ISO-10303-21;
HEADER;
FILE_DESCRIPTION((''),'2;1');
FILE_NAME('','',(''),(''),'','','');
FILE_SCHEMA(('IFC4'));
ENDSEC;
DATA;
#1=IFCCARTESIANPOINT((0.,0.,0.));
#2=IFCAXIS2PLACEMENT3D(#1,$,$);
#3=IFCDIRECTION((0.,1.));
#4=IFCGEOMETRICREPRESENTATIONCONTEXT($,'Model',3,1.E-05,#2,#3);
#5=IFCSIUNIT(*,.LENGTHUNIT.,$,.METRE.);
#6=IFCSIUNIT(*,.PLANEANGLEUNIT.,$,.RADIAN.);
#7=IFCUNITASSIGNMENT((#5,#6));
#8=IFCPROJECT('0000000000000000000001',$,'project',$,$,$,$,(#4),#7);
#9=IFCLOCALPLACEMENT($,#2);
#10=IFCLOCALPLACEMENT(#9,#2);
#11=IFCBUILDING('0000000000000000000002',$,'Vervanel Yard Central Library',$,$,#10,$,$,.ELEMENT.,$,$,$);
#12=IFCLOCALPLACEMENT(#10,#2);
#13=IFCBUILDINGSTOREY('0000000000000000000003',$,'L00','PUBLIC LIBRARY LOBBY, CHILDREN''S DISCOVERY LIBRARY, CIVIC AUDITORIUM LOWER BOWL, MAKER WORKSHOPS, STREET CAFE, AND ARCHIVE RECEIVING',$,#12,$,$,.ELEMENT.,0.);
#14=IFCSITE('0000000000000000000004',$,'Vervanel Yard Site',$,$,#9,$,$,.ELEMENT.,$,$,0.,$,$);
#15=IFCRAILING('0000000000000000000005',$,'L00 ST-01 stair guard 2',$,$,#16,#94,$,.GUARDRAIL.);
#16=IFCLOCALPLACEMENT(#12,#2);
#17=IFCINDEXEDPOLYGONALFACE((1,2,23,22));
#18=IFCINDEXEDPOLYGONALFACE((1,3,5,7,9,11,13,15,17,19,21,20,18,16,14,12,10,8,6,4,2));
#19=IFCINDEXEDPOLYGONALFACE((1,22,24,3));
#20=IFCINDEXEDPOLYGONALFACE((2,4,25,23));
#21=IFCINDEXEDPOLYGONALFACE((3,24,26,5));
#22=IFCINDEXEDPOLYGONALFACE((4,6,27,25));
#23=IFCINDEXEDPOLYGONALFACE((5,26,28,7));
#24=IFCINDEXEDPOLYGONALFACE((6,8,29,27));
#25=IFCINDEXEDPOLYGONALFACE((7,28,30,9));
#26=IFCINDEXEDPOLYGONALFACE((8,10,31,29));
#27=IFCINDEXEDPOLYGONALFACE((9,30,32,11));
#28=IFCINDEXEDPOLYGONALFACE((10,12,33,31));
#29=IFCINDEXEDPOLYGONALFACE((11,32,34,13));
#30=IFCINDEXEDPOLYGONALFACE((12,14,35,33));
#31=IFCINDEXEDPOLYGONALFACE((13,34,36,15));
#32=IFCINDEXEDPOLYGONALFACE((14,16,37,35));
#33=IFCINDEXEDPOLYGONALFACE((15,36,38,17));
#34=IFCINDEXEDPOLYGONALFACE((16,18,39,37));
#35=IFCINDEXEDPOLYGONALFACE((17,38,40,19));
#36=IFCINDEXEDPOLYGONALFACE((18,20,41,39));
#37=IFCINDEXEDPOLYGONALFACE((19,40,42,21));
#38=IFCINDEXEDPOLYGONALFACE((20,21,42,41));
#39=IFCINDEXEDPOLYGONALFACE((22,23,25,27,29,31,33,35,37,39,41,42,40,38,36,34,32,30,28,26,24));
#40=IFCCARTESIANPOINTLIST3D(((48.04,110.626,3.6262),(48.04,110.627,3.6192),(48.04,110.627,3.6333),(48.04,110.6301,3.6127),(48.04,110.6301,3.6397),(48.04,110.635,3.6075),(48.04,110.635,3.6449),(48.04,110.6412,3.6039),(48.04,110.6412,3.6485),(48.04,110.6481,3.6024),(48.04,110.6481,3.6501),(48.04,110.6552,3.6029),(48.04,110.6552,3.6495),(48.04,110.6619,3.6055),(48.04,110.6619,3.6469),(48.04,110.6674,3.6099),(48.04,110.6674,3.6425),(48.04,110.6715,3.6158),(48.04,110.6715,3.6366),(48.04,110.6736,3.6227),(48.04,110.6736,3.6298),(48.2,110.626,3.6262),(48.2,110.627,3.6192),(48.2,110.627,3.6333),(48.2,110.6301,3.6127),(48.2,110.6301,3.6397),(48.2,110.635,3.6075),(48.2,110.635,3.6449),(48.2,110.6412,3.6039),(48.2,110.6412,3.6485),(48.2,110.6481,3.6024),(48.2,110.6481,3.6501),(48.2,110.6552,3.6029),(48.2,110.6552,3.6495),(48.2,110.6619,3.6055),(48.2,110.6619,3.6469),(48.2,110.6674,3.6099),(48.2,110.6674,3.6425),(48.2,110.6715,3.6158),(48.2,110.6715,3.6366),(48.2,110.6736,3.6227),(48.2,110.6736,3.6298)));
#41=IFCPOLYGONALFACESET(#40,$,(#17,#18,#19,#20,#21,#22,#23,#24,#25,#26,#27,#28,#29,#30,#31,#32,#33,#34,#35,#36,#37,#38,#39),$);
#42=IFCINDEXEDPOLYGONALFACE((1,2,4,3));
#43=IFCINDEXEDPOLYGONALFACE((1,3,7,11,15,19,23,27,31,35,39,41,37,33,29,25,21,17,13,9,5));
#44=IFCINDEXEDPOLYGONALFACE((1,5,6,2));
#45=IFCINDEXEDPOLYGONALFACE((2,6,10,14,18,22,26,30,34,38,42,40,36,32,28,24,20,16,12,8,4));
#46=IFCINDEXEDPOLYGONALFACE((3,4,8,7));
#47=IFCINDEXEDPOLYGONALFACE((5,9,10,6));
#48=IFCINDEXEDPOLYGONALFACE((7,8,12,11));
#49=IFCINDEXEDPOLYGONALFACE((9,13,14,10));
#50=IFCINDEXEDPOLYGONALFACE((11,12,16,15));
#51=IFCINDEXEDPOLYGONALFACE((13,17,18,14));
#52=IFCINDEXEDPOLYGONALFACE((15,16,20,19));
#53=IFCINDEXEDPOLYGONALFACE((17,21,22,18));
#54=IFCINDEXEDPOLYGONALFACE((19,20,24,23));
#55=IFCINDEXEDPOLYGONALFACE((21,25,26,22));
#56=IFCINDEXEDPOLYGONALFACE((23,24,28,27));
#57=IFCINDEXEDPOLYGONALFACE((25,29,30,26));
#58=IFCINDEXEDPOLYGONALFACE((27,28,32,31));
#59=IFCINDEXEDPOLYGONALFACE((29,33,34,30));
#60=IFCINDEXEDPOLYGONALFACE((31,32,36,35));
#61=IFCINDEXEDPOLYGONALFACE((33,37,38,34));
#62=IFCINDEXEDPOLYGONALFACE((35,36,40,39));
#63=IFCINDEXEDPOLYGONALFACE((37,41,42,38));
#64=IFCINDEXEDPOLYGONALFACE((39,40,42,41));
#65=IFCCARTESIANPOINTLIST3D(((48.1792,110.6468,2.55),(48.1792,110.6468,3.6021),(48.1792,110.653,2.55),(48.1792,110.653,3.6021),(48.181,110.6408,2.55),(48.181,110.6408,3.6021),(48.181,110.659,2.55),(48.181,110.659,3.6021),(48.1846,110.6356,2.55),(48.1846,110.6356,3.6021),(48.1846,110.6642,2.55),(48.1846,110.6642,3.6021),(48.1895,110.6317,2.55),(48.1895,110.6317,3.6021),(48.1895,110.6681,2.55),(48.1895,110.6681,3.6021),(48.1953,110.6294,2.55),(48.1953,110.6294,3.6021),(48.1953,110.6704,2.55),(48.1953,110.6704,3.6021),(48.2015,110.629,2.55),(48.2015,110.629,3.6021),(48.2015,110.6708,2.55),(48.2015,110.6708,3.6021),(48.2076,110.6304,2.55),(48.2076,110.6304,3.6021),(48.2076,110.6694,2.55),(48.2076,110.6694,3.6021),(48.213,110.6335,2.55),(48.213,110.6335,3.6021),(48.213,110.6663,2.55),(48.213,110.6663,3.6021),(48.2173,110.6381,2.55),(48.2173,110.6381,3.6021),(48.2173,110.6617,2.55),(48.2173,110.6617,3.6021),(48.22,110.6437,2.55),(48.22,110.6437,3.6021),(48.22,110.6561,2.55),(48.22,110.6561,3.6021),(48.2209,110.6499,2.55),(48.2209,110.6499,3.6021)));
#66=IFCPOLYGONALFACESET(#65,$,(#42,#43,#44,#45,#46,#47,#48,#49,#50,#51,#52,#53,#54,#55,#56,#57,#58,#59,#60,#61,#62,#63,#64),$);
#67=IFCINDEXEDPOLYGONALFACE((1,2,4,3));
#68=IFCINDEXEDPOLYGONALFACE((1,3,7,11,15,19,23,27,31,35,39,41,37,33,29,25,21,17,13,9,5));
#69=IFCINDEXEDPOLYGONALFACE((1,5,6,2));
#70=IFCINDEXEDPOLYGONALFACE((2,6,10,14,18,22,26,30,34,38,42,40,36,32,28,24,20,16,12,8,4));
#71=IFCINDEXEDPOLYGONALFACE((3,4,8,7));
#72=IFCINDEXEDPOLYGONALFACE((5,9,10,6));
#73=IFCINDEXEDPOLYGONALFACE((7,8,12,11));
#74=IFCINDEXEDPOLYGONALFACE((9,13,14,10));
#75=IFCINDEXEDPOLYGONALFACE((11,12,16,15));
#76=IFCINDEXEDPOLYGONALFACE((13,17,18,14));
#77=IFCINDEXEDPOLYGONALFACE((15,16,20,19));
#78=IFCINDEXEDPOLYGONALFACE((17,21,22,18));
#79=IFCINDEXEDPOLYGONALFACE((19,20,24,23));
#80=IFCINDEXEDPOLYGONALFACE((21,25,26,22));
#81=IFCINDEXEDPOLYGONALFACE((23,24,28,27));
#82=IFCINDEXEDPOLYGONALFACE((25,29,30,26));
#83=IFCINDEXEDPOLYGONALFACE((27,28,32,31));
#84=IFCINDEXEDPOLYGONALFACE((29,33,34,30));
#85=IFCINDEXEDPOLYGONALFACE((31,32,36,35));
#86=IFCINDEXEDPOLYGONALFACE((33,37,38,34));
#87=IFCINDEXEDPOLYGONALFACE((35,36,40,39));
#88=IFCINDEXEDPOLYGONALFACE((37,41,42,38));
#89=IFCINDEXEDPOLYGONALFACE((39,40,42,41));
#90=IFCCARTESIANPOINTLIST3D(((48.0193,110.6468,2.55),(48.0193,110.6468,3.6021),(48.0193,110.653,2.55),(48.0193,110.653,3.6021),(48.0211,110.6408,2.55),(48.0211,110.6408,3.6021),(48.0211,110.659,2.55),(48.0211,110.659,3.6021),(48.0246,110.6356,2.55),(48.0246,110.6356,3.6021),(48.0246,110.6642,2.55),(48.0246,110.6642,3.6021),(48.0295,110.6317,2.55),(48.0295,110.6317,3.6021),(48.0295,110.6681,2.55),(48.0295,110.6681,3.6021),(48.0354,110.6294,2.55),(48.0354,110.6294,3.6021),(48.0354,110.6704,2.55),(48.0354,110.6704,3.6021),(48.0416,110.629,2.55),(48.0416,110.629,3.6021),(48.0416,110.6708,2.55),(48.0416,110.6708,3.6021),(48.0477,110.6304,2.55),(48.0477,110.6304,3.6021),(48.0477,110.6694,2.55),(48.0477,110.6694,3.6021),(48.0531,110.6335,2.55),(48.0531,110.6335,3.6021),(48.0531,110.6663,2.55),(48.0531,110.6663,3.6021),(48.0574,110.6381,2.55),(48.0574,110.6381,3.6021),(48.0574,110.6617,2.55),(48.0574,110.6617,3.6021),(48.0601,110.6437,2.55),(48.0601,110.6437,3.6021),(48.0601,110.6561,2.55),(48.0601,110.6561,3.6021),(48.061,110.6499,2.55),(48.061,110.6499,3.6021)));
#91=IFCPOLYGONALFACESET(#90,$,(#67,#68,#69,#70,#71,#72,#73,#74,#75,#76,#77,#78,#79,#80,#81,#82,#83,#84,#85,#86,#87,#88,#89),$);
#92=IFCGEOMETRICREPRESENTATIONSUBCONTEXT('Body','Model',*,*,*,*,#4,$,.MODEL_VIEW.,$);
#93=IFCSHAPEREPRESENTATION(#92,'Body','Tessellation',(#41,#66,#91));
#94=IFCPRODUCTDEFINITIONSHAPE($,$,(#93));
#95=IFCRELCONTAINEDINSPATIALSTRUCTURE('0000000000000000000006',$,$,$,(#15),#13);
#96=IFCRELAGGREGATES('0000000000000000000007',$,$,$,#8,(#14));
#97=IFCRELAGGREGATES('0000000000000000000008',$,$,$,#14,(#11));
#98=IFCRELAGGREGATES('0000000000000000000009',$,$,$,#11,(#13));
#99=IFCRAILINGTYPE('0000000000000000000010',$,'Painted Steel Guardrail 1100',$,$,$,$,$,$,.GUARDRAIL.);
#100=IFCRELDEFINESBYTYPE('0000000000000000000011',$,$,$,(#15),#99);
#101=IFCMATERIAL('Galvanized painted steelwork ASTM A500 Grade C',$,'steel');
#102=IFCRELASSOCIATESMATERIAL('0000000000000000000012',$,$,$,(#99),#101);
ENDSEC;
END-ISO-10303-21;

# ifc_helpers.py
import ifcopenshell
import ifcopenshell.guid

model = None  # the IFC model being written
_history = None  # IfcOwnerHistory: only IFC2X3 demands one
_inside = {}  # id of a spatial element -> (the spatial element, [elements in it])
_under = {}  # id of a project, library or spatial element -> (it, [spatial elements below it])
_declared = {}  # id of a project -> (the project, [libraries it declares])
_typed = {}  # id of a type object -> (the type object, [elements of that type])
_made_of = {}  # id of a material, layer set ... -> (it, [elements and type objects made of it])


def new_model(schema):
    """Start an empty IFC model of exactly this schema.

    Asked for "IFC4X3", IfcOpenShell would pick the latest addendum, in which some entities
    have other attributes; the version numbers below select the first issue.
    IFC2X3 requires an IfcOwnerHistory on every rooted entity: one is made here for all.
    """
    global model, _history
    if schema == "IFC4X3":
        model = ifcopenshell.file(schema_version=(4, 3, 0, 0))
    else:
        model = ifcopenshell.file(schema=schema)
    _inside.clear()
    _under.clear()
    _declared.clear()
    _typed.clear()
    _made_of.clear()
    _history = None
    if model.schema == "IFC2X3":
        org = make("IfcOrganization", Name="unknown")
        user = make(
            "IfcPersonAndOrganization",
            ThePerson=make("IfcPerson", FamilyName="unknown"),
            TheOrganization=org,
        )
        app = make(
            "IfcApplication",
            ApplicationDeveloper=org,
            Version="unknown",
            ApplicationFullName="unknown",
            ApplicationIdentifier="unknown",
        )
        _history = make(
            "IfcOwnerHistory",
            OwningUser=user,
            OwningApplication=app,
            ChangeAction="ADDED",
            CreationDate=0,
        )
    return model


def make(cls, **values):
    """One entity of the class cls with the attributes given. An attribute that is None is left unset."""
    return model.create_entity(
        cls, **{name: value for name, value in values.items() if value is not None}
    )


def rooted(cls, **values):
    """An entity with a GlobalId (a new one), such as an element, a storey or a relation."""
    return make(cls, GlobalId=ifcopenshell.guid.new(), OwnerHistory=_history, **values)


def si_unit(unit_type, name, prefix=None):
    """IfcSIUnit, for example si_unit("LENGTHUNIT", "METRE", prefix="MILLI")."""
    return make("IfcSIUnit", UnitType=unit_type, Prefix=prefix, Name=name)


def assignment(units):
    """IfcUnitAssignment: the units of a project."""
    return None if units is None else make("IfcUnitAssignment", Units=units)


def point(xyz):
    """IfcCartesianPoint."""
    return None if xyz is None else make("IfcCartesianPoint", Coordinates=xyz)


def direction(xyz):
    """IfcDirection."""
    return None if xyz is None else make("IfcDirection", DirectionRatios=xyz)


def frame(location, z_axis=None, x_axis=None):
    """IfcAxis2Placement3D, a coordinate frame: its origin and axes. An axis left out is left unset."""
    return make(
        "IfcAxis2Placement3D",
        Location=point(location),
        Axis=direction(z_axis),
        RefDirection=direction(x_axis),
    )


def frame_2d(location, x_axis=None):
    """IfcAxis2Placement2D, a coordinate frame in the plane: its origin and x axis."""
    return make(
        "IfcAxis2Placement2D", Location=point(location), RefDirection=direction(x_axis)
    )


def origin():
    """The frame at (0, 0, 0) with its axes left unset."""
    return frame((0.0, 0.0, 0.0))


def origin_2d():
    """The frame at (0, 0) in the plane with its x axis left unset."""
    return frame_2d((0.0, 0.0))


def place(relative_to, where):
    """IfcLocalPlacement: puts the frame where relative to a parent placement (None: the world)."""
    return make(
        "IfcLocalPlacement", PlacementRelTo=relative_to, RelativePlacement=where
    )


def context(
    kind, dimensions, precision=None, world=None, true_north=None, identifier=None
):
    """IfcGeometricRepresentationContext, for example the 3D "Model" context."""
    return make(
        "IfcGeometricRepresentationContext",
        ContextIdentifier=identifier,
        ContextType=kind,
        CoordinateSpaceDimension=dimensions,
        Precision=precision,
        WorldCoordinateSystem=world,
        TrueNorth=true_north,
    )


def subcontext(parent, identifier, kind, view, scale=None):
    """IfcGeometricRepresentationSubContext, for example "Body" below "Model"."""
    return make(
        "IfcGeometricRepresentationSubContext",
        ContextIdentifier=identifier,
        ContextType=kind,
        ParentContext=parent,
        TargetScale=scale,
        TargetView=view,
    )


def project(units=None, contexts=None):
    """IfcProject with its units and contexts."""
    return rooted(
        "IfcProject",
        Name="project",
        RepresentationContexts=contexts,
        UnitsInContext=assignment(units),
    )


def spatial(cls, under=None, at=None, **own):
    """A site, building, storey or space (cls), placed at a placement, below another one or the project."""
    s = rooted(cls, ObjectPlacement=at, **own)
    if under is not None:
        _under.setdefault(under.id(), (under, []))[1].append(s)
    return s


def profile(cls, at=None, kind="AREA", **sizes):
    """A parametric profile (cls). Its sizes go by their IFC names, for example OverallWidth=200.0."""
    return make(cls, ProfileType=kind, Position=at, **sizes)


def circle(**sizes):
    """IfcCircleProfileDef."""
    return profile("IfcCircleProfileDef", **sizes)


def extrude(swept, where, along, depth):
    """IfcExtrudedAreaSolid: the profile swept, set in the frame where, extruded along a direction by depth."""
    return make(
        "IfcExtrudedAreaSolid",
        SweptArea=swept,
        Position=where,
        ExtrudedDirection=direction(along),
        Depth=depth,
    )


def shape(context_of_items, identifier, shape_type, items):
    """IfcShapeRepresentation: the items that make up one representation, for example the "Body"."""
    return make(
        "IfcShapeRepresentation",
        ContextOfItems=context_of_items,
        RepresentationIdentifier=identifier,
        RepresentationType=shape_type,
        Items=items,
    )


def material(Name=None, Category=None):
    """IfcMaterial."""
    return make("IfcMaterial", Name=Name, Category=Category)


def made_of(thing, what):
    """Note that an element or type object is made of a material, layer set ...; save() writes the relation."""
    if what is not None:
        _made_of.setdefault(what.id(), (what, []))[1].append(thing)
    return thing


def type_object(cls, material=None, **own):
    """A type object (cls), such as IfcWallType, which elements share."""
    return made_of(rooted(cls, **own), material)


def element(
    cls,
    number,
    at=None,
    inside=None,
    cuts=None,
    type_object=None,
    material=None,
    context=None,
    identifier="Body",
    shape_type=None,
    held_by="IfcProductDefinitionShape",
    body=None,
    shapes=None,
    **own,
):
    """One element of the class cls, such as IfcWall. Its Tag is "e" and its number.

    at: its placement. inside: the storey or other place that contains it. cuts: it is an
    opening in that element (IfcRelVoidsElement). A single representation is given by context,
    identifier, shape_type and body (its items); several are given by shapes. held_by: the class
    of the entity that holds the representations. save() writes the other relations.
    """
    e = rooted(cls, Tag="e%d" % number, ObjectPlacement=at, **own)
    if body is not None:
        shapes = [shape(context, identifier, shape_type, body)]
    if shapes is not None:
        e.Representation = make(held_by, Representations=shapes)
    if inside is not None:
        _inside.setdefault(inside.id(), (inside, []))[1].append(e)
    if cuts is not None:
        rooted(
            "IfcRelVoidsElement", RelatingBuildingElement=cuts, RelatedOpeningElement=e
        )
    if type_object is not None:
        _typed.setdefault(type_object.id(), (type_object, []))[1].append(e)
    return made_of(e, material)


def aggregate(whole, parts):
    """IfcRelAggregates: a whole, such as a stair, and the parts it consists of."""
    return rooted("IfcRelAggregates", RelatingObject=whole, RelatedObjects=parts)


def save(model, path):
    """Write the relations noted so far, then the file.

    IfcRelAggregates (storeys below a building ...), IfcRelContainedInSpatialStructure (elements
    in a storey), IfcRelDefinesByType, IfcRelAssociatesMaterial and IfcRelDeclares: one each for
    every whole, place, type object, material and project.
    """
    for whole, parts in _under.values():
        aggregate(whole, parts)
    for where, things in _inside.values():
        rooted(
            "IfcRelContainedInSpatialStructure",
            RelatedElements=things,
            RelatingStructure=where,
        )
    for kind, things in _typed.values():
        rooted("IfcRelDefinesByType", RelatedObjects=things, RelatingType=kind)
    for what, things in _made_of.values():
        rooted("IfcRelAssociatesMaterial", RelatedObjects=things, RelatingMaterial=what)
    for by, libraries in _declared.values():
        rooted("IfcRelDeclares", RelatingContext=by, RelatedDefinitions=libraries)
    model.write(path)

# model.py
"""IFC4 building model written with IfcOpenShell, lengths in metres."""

from ifc_helpers import new_model, si_unit, direction, frame, origin, origin_2d, place, context, subcontext, project, spatial, circle, extrude, material, type_object, element, save


model = new_model("IFC4")

# Units and contexts
model_context = context("Model", 3, precision=1e-05, world=origin(), true_north=direction((0.0, 1.0)))
body_context = subcontext(model_context, "Body", "Model", "MODEL_VIEW")
ifc_project = project(units=[si_unit("LENGTHUNIT", "METRE"), si_unit("PLANEANGLEUNIT", "RADIAN")], contexts=[model_context])

# Site, building, storey
site_placement = place(None, origin())
site = spatial("IfcSite", under=ifc_project, at=site_placement, Name="Vervanel Yard Site", CompositionType="ELEMENT", RefElevation=0.0)
building_placement = place(site_placement, origin())
building = spatial("IfcBuilding", under=site, at=building_placement, Name="Vervanel Yard Central Library", CompositionType="ELEMENT")
storey_placement = place(building_placement, origin())
storey = spatial("IfcBuildingStorey", under=building, at=storey_placement, Name="L00", Description="PUBLIC LIBRARY LOBBY, CHILDREN'S DISCOVERY LIBRARY, CIVIC AUDITORIUM LOWER BOWL, MAKER WORKSHOPS, STREET CAFE, AND ARCHIVE RECEIVING", CompositionType="ELEMENT", Elevation=0.0)

# Railing
ifc_material_1 = material(Name="Galvanized painted steelwork ASTM A500 Grade C", Category="steel")
railing_type_1 = type_object("IfcRailingType", Name="Painted Steel Guardrail 1100", PredefinedType="GUARDRAIL", material=ifc_material_1)
railing_1_placement = place(storey_placement, frame((48.2, 110.6499, 2.55)))
element("IfcRailing", 1, at=railing_1_placement, inside=storey, type_object=railing_type_1, Name="L00 ST-01 stair guard 2", PredefinedType="GUARDRAIL", context=body_context, shape_type="SweptSolid", body=[
    extrude(circle(Radius=0.0239, at=origin_2d()), frame((0.0, 0.0, 1.0762), z_axis=(-1.0, 0.0, 0.0), x_axis=(0.0, -1.0, 0.0)), (0.0, 0.0, 1.0), 0.1599),
    extrude(circle(Radius=0.021, at=origin_2d()), origin(), (0.0, 0.0, 1.0), 1.052),
    extrude(circle(Radius=0.021, at=origin_2d()), frame((-0.1599, 0.0, 0.0)), (0.0, 0.0, 1.0), 1.052),
])

save(model, "model.ifc")
